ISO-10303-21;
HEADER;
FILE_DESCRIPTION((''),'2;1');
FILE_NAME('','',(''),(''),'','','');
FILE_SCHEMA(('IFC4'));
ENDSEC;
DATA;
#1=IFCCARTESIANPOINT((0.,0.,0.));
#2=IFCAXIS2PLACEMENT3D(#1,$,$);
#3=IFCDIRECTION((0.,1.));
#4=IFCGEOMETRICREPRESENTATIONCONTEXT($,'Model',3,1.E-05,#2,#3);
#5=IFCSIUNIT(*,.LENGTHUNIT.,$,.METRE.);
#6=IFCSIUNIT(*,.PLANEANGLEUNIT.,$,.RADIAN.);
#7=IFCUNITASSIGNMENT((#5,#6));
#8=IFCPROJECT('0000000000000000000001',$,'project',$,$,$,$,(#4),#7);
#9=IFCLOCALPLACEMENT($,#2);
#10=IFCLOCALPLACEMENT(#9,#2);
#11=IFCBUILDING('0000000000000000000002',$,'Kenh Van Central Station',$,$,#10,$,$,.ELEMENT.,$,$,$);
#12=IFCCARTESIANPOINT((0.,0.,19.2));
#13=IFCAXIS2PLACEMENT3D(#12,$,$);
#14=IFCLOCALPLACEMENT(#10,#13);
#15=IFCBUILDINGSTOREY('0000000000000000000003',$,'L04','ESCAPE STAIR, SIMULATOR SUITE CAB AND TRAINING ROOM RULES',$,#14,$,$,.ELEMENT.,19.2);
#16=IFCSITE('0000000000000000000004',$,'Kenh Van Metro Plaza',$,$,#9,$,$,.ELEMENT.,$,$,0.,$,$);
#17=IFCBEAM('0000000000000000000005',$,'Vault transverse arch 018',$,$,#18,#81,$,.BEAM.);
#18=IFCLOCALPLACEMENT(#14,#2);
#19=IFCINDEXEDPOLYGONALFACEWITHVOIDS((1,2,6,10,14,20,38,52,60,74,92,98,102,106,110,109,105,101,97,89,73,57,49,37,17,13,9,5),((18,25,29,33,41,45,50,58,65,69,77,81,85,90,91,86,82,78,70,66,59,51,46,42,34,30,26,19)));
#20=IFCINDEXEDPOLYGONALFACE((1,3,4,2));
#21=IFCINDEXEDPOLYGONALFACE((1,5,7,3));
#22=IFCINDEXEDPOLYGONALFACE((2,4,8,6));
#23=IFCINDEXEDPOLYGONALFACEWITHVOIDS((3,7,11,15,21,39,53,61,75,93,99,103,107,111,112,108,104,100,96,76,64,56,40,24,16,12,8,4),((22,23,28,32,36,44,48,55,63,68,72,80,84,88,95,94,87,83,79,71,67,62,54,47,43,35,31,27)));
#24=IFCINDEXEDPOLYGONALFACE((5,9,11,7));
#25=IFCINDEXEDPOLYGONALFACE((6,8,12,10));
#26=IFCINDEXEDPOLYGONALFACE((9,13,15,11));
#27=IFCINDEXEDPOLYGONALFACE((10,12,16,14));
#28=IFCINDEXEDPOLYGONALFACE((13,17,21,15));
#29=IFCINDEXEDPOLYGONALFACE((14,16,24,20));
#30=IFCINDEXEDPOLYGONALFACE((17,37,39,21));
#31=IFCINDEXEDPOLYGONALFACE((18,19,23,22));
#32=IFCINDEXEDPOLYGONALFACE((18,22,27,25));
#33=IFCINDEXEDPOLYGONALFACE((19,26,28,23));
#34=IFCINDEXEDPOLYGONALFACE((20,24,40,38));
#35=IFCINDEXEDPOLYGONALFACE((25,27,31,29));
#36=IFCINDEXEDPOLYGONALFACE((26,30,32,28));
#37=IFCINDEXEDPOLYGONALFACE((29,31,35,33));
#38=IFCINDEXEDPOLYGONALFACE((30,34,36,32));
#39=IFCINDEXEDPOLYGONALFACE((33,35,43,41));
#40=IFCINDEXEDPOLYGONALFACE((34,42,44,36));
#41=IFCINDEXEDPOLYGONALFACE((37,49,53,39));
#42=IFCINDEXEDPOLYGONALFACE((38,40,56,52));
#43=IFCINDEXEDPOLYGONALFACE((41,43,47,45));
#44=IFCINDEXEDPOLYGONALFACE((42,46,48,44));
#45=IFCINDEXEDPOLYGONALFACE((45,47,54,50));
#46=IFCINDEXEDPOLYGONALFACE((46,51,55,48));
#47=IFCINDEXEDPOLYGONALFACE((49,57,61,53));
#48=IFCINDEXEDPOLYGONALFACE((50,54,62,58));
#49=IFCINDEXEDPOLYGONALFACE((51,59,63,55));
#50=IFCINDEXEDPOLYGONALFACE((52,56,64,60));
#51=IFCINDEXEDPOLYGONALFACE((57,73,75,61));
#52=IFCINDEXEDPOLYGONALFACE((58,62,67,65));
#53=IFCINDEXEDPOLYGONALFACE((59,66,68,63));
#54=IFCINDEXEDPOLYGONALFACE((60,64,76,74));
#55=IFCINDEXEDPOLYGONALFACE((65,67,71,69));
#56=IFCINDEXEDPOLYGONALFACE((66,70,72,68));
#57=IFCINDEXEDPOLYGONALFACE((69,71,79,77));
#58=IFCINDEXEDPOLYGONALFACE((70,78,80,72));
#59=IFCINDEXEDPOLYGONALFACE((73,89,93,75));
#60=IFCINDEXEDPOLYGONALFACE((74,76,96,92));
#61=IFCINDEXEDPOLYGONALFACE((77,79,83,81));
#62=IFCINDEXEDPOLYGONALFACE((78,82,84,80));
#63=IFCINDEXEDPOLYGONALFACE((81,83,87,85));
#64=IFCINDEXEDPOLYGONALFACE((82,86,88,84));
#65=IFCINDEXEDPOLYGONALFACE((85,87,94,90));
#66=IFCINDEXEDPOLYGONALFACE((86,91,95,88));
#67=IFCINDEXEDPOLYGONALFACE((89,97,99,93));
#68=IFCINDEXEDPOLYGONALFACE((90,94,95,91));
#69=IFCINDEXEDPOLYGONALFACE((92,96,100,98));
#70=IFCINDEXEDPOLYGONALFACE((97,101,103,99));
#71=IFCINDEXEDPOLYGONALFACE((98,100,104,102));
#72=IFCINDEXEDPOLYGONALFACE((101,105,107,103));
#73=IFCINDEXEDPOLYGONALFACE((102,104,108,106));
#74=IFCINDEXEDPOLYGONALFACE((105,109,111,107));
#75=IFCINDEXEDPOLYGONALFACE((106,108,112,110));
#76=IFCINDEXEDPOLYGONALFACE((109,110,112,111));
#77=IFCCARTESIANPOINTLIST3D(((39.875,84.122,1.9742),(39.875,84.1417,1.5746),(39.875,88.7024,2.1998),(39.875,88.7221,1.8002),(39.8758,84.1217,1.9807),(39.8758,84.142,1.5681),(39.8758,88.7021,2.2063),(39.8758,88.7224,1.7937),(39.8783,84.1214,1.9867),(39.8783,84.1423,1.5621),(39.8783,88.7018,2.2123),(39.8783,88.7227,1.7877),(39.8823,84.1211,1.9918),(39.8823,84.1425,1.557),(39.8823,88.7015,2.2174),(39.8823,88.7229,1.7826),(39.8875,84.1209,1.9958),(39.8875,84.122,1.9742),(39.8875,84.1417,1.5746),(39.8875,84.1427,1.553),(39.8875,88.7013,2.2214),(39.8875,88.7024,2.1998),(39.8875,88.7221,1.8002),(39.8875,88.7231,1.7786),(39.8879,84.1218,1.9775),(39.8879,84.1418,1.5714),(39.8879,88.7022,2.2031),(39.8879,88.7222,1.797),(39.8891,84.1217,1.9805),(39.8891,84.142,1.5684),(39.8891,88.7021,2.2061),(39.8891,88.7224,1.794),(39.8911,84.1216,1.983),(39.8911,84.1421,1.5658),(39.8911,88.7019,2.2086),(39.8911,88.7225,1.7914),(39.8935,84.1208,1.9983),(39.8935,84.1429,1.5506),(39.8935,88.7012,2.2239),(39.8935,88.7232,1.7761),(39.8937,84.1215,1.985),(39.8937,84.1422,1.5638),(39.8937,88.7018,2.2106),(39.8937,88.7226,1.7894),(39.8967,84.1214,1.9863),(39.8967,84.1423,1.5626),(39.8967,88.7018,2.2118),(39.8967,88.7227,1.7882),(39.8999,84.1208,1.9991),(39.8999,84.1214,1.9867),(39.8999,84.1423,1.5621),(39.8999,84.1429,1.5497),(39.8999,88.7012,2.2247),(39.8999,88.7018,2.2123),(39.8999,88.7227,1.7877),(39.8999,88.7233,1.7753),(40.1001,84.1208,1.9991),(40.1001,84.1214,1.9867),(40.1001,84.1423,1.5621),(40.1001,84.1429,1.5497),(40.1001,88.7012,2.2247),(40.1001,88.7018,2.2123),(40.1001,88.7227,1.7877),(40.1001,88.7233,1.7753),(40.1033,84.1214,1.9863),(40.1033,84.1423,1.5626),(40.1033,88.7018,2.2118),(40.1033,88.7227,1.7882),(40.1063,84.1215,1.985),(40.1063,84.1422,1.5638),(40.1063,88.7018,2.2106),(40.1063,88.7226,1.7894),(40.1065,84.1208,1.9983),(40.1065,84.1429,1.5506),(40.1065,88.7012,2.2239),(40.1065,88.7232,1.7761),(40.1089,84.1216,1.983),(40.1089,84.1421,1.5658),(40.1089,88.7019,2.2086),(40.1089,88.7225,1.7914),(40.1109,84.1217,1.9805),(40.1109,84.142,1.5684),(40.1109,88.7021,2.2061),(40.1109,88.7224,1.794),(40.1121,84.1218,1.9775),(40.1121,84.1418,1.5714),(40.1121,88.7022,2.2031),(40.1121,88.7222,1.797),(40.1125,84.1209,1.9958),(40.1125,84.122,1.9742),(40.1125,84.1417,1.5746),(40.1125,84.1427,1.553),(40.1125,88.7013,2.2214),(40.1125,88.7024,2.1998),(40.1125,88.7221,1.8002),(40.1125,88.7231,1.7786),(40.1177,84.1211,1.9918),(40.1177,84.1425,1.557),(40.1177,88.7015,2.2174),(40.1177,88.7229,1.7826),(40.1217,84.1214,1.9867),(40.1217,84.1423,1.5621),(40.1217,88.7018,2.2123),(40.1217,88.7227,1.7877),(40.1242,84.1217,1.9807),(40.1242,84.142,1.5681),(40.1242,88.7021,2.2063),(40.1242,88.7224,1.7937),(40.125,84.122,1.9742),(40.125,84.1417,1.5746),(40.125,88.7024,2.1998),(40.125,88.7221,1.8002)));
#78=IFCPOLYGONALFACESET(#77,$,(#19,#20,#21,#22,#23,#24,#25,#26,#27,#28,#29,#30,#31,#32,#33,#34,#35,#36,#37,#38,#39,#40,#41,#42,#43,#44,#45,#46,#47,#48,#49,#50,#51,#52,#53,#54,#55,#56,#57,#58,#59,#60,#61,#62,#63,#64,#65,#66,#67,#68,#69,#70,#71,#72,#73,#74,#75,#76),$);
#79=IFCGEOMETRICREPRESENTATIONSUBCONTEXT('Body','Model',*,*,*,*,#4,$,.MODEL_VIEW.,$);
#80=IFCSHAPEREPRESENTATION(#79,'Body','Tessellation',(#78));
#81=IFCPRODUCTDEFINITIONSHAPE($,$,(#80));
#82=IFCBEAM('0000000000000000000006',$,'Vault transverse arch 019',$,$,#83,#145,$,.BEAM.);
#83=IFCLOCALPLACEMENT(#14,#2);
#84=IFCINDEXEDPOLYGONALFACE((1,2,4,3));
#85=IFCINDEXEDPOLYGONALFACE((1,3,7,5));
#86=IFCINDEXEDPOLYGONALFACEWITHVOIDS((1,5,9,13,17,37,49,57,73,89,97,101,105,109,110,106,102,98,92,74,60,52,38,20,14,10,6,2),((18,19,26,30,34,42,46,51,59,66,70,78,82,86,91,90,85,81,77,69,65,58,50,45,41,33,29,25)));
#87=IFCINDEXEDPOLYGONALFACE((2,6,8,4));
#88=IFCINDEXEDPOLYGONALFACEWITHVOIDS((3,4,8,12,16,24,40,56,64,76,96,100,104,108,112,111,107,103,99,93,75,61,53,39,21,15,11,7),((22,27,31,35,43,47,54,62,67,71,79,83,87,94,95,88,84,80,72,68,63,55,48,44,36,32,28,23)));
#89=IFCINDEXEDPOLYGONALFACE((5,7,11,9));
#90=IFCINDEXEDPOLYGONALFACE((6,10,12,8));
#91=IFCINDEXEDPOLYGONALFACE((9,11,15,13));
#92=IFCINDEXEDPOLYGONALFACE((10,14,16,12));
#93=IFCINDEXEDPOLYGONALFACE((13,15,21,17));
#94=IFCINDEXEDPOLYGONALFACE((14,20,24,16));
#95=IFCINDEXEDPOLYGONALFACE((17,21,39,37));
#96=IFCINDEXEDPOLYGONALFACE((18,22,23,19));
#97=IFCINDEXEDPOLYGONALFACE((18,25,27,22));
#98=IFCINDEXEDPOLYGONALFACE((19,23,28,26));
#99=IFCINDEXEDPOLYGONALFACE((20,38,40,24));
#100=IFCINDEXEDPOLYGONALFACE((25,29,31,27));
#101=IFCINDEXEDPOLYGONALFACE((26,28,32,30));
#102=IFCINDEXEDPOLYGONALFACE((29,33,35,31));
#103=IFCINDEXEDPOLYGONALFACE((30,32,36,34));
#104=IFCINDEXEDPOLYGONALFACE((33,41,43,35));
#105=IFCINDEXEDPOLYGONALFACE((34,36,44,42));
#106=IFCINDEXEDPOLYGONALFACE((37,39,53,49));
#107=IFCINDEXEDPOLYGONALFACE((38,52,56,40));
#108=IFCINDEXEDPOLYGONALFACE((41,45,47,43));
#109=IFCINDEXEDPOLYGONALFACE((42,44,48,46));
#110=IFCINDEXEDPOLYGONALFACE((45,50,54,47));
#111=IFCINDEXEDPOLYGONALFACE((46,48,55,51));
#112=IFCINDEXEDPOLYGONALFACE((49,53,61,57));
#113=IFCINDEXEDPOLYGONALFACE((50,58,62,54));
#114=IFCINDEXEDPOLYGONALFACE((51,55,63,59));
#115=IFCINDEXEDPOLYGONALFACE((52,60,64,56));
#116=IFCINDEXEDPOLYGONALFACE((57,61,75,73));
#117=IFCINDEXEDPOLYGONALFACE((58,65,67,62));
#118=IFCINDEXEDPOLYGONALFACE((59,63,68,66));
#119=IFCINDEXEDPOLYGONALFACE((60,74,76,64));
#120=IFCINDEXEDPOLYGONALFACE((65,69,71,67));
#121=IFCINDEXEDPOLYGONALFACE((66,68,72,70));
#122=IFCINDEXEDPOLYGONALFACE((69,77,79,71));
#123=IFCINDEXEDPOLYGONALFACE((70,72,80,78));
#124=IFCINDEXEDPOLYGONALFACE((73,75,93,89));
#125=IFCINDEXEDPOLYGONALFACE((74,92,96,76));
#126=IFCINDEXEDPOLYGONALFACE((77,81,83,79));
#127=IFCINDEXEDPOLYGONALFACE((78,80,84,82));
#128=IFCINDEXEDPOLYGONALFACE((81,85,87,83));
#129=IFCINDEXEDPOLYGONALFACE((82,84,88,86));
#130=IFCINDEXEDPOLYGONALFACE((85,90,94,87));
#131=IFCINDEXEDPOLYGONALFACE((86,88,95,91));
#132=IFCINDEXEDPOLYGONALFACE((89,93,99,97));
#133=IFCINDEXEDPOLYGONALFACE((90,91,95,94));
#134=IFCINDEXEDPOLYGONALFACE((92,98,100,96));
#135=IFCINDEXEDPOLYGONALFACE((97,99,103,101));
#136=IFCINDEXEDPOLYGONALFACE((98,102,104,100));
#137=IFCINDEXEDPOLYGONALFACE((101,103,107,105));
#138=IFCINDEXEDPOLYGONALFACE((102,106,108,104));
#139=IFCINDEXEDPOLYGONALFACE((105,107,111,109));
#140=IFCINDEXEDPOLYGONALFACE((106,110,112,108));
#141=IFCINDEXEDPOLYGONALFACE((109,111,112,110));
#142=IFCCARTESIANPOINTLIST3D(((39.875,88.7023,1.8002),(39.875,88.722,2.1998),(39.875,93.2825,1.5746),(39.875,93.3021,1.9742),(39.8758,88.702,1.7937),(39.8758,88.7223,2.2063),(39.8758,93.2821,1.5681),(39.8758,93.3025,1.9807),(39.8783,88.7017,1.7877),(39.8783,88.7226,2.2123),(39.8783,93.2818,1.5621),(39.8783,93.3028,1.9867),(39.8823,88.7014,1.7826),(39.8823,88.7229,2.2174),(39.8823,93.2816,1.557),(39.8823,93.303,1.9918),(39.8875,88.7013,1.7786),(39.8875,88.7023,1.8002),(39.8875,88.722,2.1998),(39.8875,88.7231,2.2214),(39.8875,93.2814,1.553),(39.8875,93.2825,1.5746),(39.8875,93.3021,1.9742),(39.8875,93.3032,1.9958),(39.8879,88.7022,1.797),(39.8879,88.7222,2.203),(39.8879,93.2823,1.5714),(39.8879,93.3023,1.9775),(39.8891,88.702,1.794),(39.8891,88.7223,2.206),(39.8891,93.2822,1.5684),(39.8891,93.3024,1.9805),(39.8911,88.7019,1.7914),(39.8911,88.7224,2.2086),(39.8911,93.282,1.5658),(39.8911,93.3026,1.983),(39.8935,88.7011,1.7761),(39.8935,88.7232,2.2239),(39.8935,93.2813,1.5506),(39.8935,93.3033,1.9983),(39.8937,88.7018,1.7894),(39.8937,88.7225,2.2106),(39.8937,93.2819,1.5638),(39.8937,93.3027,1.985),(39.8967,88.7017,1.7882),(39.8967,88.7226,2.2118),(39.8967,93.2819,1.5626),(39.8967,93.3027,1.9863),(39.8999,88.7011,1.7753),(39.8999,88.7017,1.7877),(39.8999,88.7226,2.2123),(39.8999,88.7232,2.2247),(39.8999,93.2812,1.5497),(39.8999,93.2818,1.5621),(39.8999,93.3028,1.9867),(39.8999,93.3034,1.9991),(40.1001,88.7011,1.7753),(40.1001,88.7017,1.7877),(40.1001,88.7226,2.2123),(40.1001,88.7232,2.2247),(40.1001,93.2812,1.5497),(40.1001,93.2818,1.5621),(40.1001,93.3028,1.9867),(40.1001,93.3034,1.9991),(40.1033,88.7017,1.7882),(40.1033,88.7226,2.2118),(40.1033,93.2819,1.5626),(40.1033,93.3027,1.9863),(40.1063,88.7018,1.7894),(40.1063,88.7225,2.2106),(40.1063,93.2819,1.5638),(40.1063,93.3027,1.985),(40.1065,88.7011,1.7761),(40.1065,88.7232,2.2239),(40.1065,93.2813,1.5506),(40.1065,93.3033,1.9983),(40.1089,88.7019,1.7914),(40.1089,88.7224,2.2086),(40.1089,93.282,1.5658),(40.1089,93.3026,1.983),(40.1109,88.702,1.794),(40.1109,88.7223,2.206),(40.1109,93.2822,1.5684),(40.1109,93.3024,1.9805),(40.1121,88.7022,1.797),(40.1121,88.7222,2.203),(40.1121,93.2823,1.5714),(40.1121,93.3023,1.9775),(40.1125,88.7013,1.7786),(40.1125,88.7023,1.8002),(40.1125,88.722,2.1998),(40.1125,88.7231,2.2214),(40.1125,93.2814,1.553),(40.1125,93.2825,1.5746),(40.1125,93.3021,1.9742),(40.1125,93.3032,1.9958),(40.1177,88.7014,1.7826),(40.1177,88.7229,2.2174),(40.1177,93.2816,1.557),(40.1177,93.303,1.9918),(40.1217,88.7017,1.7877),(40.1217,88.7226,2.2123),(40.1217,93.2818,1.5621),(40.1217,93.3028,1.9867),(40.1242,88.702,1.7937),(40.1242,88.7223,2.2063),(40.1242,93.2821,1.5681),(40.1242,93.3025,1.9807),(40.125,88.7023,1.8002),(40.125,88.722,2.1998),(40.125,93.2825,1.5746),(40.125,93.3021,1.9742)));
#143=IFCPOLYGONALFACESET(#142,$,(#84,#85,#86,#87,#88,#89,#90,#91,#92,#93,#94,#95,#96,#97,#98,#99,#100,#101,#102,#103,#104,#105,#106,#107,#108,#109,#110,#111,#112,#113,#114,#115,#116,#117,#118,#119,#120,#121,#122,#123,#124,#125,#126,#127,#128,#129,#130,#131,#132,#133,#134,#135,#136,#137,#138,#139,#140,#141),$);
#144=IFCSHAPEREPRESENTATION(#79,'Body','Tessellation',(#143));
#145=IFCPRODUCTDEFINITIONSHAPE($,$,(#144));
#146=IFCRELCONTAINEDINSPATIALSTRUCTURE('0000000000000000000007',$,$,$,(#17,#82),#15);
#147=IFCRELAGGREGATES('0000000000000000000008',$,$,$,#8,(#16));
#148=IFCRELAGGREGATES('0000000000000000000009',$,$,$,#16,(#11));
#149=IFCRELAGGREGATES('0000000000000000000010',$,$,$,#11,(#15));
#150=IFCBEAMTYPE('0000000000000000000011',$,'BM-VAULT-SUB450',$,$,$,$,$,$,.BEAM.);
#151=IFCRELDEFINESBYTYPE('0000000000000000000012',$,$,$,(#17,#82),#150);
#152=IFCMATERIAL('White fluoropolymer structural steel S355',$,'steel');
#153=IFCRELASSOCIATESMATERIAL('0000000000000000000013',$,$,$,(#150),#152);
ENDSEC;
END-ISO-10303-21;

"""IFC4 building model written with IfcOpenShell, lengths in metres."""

from ifc_helpers import new_model, si_unit, direction, frame, origin, origin_2d, place, context, subcontext, project, spatial, hollow_rectangle, extrude, material, material_profile, profile_set, type_object, element, save


model = new_model("IFC4")

# Units and contexts
model_context = context("Model", 3, precision=1e-05, world=origin(), true_north=direction((0.0, 1.0)))
body_context = subcontext(model_context, "Body", "Model", "MODEL_VIEW")
ifc_project = project(units=[si_unit("LENGTHUNIT", "METRE"), si_unit("PLANEANGLEUNIT", "RADIAN")], contexts=[model_context])

# Site, building, storey
site_placement = place(None, origin())
site = spatial("IfcSite", under=ifc_project, at=site_placement, Name="Kenh Van Metro Plaza", CompositionType="ELEMENT", RefElevation=0.0)
building_placement = place(site_placement, origin())
building = spatial("IfcBuilding", under=site, at=building_placement, Name="Kenh Van Central Station", CompositionType="ELEMENT")
storey_placement = place(building_placement, frame((0.0, 0.0, 19.2)))
storey = spatial("IfcBuildingStorey", under=building, at=storey_placement, Name="L04", Description="ESCAPE STAIR, SIMULATOR SUITE CAB AND TRAINING ROOM RULES", CompositionType="ELEMENT", Elevation=19.2)

# Beams
ifc_material_1 = material(Name="White fluoropolymer structural steel S355", Category="steel")
ifc_material_profile_1 = material_profile(ifc_material_1, hollow_rectangle(XDim=0.25, YDim=0.45, WallThickness=0.0125, InnerFilletRadius=0.0125, OuterFilletRadius=0.0249, at=origin_2d()), Name="RHS 450x250x12.5")
ifc_profile_set_1 = profile_set([ifc_material_profile_1], Name="White fluoropolymer structural steel S355")
beam_type_1 = type_object("IfcBeamType", Name="BM-VAULT-SUB450", PredefinedType="BEAM", material=ifc_profile_set_1)
beam_1_placement = place(storey_placement, frame((40.0, 84.1318, 1.7744), z_axis=(0.0, 0.998789, 0.049191), x_axis=(-1.0, 0.0, 0.0)))
element("IfcBeam", 1, at=beam_1_placement, inside=storey, type_object=beam_type_1, Name="Vault transverse arch 018", PredefinedType="BEAM", context=body_context, shape_type="SweptSolid", body=[
    extrude(hollow_rectangle(XDim=0.25, YDim=0.45, WallThickness=0.0125, InnerFilletRadius=0.0125, OuterFilletRadius=0.0249, at=origin_2d()), origin(), (0.0, 0.0, 1.0), 4.5859),
])
beam_2_placement = place(storey_placement, frame((40.0, 88.7122, 2.0), z_axis=(0.0, 0.998789, -0.049194), x_axis=(-1.0, 0.0, 0.0)))
element("IfcBeam", 2, at=beam_2_placement, inside=storey, type_object=beam_type_1, Name="Vault transverse arch 019", PredefinedType="BEAM", context=body_context, shape_type="SweptSolid", body=[
    extrude(hollow_rectangle(XDim=0.25, YDim=0.45, WallThickness=0.0125, InnerFilletRadius=0.0125, OuterFilletRadius=0.0249, at=origin_2d()), origin(), (0.0, 0.0, 1.0), 4.5857),
])

save(model, "model.ifc")
